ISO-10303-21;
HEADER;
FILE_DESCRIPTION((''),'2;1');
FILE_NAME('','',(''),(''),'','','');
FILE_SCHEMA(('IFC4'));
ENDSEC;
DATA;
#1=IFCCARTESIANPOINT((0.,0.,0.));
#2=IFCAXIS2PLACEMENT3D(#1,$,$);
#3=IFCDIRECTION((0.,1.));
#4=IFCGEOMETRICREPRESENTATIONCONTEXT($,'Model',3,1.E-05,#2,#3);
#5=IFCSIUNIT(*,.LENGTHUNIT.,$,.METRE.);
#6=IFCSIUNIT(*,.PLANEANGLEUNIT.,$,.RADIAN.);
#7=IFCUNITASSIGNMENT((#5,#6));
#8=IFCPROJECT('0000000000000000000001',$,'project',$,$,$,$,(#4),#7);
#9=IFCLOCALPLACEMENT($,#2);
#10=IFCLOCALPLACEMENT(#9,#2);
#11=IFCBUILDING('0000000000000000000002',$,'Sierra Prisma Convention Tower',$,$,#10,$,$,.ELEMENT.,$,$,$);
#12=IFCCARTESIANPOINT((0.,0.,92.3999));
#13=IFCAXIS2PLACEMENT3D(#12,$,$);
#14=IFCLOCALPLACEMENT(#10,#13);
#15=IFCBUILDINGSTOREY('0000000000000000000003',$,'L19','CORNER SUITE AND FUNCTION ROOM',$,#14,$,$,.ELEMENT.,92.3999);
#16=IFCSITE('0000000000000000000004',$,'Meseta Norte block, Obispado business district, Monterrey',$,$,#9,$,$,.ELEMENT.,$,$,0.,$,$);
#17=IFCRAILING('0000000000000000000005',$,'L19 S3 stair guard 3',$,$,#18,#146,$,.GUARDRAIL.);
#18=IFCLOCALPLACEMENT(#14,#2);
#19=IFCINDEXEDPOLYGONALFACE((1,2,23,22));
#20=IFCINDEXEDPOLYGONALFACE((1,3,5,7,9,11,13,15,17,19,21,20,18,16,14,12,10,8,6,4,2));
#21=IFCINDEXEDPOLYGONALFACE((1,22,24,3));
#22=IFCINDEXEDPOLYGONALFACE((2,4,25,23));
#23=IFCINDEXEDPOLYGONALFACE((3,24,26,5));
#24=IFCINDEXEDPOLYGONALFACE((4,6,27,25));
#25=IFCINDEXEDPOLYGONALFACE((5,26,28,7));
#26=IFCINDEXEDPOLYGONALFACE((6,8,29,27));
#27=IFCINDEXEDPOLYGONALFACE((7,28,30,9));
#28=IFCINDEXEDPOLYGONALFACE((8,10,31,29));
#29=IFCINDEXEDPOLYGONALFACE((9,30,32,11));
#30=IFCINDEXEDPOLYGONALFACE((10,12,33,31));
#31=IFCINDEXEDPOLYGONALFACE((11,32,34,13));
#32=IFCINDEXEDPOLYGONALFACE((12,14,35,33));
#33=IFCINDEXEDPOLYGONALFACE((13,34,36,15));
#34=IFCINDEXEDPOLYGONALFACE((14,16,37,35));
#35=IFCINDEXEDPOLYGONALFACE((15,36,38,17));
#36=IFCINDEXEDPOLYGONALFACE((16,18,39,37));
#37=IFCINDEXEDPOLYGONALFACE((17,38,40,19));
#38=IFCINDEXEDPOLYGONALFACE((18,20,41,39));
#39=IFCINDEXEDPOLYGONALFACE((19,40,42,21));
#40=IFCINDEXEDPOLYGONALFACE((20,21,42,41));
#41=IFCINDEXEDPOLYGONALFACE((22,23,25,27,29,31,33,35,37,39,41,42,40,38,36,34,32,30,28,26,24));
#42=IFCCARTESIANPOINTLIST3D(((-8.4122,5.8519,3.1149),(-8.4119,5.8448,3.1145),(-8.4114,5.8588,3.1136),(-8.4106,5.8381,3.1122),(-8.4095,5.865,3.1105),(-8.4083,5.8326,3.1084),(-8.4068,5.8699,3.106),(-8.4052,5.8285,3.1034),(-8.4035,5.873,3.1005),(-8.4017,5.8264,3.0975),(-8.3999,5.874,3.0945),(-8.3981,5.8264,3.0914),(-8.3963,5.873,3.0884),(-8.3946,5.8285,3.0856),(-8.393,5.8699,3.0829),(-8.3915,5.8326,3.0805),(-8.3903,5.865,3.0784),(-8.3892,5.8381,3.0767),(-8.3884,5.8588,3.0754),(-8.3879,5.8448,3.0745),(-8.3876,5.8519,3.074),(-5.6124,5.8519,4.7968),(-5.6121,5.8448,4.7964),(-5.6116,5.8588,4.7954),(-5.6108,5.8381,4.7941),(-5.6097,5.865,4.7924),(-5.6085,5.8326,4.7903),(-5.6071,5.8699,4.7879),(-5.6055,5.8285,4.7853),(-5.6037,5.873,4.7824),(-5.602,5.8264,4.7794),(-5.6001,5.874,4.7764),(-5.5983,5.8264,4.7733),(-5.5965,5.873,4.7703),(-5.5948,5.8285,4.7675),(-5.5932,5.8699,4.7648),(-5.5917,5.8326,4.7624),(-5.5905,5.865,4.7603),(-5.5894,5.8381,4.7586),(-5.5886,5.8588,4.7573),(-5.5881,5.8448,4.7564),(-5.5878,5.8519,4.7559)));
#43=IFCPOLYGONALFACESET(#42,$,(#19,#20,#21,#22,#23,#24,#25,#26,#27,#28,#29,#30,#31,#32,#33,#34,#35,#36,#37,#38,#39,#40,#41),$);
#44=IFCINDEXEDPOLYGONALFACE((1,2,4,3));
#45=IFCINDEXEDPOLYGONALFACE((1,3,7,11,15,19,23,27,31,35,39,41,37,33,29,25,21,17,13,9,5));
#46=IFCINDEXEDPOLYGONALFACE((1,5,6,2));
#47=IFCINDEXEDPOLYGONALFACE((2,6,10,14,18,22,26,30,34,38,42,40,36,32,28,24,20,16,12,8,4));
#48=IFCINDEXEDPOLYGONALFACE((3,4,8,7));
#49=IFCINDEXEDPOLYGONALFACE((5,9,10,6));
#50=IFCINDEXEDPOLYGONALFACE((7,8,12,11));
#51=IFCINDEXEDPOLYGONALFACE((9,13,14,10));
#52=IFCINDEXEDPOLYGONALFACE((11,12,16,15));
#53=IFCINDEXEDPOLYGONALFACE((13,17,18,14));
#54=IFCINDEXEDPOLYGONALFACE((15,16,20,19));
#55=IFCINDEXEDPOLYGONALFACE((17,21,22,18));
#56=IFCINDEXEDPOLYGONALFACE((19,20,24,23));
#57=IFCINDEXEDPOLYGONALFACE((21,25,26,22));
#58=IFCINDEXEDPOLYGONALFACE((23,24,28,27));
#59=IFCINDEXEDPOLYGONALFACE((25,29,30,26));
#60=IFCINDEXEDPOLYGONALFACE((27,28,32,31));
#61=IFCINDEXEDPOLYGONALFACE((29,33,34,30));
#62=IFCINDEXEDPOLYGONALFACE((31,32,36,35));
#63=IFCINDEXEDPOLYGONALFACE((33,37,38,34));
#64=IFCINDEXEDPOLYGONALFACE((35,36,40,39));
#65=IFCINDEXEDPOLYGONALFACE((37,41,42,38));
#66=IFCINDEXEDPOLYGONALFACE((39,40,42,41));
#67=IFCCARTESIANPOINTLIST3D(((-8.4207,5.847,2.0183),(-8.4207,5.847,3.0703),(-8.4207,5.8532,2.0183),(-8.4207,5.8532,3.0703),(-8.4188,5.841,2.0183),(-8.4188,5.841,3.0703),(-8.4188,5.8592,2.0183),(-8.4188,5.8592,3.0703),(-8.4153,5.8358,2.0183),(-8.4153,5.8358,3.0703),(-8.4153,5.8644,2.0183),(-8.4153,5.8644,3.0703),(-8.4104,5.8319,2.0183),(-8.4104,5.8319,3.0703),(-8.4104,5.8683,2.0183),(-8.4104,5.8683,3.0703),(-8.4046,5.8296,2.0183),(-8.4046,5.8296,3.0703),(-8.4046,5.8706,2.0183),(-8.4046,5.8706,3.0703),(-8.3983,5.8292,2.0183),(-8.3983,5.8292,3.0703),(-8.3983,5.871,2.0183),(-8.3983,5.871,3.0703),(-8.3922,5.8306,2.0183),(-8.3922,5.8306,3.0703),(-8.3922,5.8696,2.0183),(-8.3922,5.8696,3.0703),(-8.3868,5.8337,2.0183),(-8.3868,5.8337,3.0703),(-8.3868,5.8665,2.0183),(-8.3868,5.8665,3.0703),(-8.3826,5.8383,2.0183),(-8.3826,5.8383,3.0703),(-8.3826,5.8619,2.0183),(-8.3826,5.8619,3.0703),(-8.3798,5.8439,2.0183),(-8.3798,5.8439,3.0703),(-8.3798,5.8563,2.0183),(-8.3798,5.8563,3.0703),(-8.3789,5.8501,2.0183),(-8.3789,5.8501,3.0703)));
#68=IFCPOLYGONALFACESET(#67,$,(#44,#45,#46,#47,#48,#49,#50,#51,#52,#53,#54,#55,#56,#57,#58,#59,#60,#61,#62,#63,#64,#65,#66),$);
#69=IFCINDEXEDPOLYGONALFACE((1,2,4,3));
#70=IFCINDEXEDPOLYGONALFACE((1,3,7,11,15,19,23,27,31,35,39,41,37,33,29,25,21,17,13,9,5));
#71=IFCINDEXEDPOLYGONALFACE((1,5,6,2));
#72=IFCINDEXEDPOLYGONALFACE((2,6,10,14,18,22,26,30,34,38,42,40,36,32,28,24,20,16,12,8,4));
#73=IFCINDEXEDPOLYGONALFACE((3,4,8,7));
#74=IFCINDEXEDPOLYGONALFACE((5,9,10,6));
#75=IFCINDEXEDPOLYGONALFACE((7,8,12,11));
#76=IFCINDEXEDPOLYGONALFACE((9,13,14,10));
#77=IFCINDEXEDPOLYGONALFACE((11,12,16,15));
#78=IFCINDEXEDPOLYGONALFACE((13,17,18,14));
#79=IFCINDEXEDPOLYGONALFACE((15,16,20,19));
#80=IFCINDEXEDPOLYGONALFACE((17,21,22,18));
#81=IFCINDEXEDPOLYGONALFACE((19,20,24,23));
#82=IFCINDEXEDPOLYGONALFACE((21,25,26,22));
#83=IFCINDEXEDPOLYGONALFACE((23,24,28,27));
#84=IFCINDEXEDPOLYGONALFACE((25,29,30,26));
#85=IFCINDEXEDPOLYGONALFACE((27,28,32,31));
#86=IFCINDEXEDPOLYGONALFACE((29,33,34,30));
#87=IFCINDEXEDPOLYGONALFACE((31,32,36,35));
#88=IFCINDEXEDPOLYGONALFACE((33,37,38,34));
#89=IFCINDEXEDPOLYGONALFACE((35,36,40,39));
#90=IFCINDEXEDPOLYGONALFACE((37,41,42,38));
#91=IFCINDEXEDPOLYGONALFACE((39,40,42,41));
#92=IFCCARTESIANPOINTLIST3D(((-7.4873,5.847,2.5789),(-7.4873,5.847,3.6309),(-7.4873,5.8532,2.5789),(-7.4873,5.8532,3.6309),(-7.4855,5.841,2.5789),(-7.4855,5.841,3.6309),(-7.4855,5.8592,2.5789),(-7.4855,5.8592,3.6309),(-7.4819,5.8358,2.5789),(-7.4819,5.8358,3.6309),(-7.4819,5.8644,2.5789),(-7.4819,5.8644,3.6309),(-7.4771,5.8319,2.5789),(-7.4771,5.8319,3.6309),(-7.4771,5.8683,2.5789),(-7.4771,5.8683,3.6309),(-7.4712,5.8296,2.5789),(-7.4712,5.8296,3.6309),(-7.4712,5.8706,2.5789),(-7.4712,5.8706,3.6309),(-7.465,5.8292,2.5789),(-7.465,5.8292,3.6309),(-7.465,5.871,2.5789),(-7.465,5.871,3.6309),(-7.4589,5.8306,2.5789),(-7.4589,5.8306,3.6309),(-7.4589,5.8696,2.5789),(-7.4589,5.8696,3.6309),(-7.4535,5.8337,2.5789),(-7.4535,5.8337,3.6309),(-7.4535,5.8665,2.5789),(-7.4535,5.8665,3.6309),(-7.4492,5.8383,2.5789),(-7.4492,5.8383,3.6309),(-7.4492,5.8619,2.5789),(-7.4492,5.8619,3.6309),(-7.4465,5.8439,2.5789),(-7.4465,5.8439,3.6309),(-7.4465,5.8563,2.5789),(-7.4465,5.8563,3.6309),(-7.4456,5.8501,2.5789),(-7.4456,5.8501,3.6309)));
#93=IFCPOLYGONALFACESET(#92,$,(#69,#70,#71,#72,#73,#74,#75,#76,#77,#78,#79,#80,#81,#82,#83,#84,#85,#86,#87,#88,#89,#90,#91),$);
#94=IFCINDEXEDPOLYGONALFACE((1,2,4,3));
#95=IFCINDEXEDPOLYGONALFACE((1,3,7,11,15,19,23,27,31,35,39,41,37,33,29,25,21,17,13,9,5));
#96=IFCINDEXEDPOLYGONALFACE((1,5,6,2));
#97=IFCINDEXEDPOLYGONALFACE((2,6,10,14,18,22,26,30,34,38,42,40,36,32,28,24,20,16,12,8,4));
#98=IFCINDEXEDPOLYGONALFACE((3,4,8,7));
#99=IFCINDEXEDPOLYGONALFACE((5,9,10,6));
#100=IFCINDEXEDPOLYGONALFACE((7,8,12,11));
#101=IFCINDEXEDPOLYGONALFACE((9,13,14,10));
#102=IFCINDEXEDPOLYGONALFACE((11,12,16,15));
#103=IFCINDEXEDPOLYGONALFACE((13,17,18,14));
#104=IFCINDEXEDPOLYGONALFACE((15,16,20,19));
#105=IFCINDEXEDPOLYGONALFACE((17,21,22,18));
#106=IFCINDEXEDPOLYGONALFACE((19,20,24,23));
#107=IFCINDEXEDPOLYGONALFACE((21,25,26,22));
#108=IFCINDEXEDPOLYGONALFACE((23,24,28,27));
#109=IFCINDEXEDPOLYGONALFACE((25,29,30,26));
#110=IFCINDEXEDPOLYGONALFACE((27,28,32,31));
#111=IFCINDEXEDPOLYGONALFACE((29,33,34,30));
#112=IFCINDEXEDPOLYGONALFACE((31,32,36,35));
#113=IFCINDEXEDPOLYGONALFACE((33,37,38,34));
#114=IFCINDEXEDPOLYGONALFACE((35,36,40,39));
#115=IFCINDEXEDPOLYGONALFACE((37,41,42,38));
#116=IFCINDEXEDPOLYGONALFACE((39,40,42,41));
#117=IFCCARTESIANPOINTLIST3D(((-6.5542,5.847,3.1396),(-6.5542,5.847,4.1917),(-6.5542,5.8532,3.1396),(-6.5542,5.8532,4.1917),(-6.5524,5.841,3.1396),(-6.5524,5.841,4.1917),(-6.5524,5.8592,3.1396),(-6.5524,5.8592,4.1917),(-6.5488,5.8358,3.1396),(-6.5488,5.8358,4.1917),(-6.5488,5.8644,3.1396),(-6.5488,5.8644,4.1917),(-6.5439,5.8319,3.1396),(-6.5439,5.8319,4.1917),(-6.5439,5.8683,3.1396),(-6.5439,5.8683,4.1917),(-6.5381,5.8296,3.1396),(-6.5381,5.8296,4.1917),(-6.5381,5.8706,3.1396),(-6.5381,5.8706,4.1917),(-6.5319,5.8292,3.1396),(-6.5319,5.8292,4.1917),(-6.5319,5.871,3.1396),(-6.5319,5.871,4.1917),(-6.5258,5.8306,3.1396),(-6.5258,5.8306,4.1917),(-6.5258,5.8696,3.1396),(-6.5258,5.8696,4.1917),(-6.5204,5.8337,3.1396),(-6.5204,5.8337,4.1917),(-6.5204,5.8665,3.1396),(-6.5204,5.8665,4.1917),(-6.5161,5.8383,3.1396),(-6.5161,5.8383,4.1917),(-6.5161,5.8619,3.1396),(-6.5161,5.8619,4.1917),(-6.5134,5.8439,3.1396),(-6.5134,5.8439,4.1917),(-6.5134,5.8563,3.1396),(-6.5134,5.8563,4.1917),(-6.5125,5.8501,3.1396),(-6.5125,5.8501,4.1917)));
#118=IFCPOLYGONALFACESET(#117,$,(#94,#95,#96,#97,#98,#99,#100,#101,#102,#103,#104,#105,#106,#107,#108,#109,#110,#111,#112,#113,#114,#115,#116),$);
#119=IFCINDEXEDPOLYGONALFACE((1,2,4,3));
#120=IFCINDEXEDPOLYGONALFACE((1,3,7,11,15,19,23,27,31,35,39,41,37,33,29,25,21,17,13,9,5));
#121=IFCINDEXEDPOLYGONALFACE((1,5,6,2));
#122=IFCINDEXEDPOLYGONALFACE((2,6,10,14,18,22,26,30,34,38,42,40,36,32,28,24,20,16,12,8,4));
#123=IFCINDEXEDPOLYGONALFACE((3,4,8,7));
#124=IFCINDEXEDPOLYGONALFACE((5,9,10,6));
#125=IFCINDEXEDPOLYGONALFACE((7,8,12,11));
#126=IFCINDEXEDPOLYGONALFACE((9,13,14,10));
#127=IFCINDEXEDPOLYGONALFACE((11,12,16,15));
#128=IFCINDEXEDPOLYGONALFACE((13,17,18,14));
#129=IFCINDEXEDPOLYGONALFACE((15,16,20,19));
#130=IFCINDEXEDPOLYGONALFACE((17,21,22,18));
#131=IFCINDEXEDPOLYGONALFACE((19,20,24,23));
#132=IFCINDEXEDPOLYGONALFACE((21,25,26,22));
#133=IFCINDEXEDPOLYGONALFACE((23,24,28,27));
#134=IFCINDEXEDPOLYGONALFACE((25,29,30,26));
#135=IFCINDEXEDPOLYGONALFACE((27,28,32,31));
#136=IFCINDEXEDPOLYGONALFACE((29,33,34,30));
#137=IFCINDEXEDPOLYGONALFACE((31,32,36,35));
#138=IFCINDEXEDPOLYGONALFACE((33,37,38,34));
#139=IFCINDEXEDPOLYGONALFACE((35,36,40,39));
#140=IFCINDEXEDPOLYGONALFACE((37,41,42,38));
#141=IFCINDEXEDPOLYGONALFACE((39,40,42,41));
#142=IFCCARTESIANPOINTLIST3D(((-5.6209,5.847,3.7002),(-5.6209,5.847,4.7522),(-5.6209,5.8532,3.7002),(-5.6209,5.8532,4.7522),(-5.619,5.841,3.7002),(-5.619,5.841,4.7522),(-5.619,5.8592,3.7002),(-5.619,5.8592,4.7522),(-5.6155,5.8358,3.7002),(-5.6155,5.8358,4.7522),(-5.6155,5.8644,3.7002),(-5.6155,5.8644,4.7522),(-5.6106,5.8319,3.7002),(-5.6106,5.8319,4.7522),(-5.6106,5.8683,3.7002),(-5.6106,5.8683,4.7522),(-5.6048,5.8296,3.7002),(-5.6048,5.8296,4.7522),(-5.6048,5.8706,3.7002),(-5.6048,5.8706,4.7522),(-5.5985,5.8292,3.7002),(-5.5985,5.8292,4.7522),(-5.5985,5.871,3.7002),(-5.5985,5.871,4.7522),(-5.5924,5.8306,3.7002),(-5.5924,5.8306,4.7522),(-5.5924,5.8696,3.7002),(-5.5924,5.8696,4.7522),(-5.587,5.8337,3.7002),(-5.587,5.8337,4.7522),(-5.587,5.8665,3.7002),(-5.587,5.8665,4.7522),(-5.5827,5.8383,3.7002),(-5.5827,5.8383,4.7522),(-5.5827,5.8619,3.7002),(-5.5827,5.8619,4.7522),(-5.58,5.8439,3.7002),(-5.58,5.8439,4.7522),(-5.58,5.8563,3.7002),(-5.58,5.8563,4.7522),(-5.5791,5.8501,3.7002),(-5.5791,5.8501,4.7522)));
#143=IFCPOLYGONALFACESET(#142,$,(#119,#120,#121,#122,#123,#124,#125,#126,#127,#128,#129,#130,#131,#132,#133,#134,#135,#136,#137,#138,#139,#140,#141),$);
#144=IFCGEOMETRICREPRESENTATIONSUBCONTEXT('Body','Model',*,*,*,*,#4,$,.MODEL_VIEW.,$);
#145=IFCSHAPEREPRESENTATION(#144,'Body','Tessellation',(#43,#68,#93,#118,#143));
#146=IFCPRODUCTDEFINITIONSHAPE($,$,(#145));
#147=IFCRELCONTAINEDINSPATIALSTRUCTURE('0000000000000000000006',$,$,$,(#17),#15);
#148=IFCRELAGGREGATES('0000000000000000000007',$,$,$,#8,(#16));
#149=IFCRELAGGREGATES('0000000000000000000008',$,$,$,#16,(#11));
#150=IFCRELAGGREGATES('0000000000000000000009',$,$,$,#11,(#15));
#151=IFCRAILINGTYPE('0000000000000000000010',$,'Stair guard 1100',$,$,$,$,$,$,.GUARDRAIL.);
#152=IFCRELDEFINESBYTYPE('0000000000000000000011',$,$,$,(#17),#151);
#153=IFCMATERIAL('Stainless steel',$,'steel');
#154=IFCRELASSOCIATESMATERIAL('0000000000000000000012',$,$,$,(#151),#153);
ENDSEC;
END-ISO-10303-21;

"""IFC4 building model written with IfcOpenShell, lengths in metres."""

from ifc_helpers import new_model, si_unit, direction, frame, origin, origin_2d, place, context, subcontext, project, spatial, circle, extrude, material, type_object, element, save


model = new_model("IFC4")

# Units and contexts
model_context = context("Model", 3, precision=1e-05, world=origin(), true_north=direction((0.0, 1.0)))
body_context = subcontext(model_context, "Body", "Model", "MODEL_VIEW")
ifc_project = project(units=[si_unit("LENGTHUNIT", "METRE"), si_unit("PLANEANGLEUNIT", "RADIAN")], contexts=[model_context])

# Site, building, storey
site_placement = place(None, origin())
site = spatial("IfcSite", under=ifc_project, at=site_placement, Name="Meseta Norte block, Obispado business district, Monterrey", CompositionType="ELEMENT", RefElevation=0.0)
building_placement = place(site_placement, origin())
building = spatial("IfcBuilding", under=site, at=building_placement, Name="Sierra Prisma Convention Tower", CompositionType="ELEMENT")
storey_placement = place(building_placement, frame((0.0, 0.0, 92.3999)))
storey = spatial("IfcBuildingStorey", under=building, at=storey_placement, Name="L19", Description="CORNER SUITE AND FUNCTION ROOM", CompositionType="ELEMENT", Elevation=92.3999)

# Railing
ifc_material_1 = material(Name="Stainless steel", Category="steel")
railing_type_1 = type_object("IfcRailingType", Name="Stair guard 1100", PredefinedType="GUARDRAIL", material=ifc_material_1)
railing_1_placement = place(storey_placement, frame((-8.3999, 5.8501, 2.0183)))
element("IfcRailing", 1, at=railing_1_placement, inside=storey, type_object=railing_type_1, Name="L19 S3 stair guard 3", PredefinedType="GUARDRAIL", context=body_context, shape_type="SweptSolid", body=[
    extrude(circle(Radius=0.0239, at=origin_2d()), frame((0.0, 0.0, 1.0762), z_axis=(0.857222, 0.0, 0.514946), x_axis=(0.0, 1.0, 0.0)), (0.0, 0.0, 1.0), 3.2661),
    extrude(circle(Radius=0.021, at=origin_2d()), origin(), (0.0, 0.0, 1.0), 1.052),
    extrude(circle(Radius=0.021, at=origin_2d()), frame((0.9333, 0.0, 0.5605)), (0.0, 0.0, 1.0), 1.052),
    extrude(circle(Radius=0.021, at=origin_2d()), frame((1.8665, 0.0, 1.1213)), (0.0, 0.0, 1.0), 1.052),
    extrude(circle(Radius=0.021, at=origin_2d()), frame((2.7998, 0.0, 1.6819)), (0.0, 0.0, 1.0), 1.052),
])

save(model, "model.ifc")
